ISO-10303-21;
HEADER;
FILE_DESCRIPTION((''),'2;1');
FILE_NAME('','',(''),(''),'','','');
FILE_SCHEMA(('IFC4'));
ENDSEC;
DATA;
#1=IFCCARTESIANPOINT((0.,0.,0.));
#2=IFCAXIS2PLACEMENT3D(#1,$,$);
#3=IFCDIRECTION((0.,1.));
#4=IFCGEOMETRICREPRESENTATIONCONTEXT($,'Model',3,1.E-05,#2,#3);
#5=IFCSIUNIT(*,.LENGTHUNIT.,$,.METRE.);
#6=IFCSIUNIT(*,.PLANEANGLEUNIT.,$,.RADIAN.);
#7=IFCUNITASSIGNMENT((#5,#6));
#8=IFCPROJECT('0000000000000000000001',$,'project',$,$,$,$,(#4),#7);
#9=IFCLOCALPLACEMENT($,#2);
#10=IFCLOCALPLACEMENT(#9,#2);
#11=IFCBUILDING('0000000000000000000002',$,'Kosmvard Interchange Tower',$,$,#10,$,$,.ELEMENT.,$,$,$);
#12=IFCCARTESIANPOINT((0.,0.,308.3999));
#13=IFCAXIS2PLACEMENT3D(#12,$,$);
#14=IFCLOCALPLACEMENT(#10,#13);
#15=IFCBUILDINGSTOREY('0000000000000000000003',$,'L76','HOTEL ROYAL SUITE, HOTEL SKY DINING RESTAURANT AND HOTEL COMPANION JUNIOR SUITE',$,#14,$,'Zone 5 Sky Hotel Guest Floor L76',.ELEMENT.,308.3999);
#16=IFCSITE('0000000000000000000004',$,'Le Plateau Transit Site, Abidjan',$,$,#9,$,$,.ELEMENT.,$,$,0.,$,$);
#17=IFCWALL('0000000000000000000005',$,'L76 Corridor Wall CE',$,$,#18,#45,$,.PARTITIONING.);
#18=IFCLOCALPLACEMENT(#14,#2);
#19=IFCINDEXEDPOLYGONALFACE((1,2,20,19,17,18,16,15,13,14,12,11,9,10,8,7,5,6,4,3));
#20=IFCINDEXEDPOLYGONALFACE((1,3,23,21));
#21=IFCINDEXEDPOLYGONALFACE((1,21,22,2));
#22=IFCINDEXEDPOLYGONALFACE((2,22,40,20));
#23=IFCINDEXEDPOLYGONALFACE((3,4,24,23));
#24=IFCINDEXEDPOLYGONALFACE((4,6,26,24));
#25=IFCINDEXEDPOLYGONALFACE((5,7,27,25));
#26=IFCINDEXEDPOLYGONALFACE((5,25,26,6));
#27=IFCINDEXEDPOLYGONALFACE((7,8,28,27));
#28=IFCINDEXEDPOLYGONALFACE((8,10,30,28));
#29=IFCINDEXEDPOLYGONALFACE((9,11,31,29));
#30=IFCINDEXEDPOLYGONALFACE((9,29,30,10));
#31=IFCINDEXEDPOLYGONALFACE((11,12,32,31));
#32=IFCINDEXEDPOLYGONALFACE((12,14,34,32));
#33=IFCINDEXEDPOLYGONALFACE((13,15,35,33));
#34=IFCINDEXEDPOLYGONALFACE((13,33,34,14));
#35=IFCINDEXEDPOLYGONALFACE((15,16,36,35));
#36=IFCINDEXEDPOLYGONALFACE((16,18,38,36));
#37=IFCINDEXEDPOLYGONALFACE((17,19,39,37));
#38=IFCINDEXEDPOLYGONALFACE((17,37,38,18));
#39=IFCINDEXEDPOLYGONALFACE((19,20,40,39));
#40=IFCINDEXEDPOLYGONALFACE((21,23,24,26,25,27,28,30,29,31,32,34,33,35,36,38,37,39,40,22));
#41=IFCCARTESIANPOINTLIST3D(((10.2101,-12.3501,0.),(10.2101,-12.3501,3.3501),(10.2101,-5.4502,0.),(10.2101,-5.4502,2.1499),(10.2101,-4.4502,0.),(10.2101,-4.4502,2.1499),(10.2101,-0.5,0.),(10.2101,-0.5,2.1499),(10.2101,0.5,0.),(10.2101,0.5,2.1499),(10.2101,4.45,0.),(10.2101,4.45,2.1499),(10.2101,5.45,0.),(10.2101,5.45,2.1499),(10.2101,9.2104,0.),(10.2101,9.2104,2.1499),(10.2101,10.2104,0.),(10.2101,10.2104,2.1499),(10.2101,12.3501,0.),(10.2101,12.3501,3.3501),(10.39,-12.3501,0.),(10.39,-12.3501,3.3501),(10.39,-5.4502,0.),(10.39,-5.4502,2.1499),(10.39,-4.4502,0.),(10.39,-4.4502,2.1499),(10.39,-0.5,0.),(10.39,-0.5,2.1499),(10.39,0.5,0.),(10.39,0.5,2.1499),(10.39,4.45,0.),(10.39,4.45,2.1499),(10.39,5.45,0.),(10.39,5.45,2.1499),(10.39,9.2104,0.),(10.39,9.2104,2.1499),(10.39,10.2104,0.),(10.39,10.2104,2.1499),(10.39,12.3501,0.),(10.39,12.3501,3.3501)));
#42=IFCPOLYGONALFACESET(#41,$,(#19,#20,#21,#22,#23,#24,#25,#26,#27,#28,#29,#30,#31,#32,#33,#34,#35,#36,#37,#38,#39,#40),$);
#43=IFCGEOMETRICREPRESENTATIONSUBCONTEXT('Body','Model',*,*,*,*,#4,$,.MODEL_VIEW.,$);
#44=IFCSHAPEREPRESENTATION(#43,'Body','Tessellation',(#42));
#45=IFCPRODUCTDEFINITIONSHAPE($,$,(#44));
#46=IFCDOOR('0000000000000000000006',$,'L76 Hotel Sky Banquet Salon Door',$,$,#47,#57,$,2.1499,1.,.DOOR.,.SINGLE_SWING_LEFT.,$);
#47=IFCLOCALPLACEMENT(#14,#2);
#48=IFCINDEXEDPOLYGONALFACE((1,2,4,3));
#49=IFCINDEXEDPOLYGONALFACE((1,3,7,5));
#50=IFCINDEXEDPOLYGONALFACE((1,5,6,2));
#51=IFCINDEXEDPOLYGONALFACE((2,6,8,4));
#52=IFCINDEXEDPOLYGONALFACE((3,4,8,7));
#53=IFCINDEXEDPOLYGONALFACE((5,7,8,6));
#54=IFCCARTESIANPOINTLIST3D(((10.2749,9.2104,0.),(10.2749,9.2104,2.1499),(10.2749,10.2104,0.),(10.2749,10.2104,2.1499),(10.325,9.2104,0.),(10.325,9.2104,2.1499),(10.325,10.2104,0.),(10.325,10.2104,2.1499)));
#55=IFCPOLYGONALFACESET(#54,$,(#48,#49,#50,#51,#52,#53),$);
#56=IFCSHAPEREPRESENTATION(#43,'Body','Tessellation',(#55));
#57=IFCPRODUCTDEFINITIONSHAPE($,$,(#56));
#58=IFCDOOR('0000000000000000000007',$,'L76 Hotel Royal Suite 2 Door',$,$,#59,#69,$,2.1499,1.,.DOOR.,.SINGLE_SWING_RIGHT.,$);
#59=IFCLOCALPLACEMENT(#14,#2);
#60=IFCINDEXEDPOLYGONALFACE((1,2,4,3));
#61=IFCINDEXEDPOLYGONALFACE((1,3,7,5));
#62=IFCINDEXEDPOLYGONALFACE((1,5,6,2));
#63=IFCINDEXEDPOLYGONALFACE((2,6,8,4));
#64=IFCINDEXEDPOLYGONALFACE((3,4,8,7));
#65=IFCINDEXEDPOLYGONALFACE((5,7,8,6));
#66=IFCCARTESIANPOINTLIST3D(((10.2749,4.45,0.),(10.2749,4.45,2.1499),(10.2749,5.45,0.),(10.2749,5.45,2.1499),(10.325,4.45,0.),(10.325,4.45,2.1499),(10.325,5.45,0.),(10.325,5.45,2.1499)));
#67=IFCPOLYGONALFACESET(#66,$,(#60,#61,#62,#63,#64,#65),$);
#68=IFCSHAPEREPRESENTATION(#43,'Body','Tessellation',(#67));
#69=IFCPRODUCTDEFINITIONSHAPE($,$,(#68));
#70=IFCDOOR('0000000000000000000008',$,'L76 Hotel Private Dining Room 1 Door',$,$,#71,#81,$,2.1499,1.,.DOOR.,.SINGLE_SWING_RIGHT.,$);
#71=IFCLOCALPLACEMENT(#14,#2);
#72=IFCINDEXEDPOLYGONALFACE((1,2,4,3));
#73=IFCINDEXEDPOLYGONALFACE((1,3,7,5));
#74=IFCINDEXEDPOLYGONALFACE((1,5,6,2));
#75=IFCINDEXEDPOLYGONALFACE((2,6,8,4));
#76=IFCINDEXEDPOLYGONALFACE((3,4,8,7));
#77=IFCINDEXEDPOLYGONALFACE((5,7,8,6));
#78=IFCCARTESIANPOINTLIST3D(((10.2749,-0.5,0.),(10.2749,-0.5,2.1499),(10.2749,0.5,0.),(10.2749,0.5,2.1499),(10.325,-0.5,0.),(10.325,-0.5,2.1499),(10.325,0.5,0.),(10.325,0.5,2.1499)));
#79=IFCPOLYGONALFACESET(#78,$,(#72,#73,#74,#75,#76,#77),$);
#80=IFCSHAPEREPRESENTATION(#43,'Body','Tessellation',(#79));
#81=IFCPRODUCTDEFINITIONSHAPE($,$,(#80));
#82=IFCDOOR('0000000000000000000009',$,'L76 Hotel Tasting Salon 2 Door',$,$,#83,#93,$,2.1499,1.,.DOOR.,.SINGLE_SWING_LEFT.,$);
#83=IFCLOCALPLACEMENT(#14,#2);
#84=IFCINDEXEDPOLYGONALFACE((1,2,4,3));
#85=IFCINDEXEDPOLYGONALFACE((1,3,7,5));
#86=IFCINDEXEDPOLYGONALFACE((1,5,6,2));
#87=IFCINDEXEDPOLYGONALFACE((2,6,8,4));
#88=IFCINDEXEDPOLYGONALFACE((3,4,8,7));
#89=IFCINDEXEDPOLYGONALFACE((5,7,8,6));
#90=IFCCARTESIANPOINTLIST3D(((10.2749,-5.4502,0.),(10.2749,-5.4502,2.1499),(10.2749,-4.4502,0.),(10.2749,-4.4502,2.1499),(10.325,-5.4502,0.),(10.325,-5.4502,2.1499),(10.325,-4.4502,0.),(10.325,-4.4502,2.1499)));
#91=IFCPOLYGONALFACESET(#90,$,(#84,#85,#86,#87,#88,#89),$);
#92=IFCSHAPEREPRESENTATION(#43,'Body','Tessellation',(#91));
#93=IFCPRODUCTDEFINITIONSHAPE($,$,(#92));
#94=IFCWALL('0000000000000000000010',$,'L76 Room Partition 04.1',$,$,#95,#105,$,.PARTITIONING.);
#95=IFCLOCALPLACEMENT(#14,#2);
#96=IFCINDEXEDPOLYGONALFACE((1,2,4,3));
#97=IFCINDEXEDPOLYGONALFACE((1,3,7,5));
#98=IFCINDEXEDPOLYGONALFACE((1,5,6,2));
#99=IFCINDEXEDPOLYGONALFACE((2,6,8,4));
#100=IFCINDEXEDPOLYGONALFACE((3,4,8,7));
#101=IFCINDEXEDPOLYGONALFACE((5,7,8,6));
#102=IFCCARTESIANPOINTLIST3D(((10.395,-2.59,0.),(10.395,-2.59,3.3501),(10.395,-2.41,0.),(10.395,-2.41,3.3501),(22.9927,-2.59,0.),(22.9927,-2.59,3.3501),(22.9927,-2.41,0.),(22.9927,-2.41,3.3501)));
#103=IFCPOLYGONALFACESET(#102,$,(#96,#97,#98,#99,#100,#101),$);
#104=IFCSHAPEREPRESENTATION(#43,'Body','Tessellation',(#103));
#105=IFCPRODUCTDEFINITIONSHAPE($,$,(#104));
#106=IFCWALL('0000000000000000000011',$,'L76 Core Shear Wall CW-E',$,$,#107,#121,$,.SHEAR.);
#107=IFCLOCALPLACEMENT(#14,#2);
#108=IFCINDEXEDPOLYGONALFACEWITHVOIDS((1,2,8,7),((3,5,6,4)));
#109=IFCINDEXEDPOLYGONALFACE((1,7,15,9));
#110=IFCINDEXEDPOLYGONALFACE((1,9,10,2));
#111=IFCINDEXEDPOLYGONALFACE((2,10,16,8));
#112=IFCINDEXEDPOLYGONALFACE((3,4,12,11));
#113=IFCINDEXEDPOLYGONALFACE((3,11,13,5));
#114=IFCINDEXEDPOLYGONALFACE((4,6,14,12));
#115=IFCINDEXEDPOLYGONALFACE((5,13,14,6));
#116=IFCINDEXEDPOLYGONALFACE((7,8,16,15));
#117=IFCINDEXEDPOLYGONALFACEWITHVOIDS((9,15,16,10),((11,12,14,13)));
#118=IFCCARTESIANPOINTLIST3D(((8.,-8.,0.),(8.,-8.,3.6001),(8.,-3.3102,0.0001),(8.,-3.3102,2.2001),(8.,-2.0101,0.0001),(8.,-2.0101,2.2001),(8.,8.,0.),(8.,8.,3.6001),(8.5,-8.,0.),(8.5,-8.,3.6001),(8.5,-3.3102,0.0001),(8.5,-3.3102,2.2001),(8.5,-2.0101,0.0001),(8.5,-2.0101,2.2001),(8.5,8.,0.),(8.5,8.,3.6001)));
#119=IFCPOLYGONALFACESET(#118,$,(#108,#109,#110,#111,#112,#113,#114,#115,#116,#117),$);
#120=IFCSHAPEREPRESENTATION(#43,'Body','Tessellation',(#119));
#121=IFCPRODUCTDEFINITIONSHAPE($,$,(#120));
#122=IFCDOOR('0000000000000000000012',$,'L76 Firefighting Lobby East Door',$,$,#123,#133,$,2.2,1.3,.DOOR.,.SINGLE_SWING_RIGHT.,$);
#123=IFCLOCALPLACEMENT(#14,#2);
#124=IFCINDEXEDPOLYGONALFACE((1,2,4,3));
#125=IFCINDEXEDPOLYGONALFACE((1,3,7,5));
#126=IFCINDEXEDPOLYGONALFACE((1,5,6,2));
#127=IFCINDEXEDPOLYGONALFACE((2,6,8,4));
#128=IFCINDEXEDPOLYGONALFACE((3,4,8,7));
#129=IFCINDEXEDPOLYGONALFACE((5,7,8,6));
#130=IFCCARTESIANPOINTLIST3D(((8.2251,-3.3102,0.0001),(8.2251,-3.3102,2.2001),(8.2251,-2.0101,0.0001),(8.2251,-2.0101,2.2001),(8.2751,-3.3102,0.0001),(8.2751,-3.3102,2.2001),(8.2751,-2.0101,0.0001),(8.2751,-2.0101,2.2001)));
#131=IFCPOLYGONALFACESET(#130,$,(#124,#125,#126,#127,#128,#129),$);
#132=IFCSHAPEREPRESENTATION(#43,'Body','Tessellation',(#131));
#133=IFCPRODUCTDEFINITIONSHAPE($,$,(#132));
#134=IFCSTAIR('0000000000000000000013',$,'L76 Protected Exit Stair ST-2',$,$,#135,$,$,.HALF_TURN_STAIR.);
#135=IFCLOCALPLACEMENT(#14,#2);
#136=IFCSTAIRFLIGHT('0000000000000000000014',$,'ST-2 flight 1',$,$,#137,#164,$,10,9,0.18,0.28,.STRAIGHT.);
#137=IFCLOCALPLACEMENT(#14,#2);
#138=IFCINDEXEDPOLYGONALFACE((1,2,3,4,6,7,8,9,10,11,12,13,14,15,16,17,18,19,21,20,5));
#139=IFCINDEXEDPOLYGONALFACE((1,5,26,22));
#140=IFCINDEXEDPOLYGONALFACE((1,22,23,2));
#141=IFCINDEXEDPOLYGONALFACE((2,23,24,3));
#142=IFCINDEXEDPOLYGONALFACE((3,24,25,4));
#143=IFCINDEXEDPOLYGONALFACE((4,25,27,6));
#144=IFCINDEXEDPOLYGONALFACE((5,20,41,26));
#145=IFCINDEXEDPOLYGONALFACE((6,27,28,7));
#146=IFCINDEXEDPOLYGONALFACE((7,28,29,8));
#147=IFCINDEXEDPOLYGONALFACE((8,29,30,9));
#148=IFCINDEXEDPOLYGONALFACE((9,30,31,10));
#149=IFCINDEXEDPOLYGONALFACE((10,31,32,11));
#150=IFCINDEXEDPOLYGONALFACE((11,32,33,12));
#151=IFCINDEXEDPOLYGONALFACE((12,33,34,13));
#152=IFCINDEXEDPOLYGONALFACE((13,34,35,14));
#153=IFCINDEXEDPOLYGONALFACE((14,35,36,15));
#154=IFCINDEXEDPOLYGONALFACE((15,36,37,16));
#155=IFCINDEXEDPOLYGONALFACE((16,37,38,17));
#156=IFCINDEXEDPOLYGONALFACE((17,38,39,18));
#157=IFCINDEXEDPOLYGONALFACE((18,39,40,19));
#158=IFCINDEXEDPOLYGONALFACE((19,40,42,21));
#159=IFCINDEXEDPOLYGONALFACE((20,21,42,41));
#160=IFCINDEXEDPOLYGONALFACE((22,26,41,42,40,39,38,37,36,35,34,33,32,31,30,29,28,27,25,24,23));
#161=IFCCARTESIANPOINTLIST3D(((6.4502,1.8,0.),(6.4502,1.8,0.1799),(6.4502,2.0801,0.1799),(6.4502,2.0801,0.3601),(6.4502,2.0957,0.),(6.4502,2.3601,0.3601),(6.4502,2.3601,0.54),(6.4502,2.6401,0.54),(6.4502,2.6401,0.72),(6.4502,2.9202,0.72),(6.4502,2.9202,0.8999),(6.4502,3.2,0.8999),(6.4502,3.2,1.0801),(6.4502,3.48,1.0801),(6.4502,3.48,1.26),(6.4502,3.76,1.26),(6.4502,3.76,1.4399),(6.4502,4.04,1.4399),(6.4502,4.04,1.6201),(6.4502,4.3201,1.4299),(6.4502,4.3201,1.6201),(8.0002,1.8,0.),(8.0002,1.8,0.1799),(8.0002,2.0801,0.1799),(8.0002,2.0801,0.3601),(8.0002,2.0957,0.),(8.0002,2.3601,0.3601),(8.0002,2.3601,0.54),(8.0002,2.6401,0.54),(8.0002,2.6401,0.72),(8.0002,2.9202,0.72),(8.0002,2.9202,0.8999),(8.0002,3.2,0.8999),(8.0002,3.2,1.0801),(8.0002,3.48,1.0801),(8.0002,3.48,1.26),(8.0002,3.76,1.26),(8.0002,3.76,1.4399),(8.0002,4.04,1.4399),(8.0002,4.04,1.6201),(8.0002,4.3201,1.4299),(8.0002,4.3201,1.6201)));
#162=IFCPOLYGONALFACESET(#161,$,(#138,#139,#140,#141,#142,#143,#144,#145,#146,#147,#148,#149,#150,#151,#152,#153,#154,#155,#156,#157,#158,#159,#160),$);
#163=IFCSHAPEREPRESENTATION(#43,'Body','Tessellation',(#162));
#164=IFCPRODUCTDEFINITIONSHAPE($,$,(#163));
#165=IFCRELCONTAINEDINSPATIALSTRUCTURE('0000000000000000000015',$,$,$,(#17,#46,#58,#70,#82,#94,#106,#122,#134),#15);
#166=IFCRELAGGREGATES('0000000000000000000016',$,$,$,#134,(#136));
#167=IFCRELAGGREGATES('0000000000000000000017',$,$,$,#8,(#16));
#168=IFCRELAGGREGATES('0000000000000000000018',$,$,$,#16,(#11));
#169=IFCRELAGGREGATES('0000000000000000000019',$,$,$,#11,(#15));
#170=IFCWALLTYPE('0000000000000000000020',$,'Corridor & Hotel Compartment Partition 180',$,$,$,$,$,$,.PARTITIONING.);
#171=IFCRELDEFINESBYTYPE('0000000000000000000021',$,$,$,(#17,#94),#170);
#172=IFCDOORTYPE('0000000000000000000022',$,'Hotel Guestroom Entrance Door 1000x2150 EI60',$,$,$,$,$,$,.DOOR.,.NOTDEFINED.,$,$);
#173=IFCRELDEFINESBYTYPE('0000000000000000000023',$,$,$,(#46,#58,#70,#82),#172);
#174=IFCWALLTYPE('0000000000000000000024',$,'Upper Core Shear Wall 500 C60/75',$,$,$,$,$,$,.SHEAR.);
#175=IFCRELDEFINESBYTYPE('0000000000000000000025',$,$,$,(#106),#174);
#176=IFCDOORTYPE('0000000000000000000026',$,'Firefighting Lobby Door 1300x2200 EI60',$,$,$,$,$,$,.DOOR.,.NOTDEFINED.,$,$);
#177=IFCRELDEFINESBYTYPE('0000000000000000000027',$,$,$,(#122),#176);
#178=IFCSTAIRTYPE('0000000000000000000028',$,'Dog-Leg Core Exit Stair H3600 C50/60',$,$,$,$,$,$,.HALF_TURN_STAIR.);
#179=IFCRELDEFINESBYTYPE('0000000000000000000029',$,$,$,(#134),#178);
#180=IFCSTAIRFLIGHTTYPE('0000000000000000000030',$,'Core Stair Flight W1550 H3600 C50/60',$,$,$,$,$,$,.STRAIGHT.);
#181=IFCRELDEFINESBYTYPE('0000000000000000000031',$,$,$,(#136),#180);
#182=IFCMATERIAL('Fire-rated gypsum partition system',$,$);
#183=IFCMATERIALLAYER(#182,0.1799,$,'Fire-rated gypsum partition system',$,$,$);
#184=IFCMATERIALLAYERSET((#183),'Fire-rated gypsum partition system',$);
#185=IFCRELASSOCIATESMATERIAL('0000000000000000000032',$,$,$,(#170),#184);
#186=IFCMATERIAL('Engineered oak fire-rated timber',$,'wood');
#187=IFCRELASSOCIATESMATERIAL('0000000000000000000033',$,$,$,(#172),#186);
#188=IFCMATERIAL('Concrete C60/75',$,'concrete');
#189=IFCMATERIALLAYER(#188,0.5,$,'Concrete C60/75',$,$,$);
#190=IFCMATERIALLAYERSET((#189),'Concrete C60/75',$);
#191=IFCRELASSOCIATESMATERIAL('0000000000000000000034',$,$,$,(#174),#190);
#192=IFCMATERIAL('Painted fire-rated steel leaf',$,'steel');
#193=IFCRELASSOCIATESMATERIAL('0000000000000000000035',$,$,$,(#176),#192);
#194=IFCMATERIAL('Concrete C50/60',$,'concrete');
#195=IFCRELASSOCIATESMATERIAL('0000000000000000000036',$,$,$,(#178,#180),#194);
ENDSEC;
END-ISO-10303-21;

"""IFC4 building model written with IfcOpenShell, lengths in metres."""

from ifc_helpers import new_model, si_unit, direction, frame, frame_2d, origin, place, context, subcontext, project, spatial, polyline, rectangle, outline, extrude, source, transform, mapped, material, layer, layer_set, type_object, element, fill, aggregate, save


model = new_model("IFC4")

# Units and contexts
model_context = context("Model", 3, precision=1e-05, world=origin(), true_north=direction((0.0, 1.0)))
body_context = subcontext(model_context, "Body", "Model", "MODEL_VIEW")
ifc_project = project(units=[si_unit("LENGTHUNIT", "METRE"), si_unit("PLANEANGLEUNIT", "RADIAN")], contexts=[model_context])

# Site, building, storey
site_placement = place(None, origin())
site = spatial("IfcSite", under=ifc_project, at=site_placement, Name="Le Plateau Transit Site, Abidjan", CompositionType="ELEMENT", RefElevation=0.0)
building_placement = place(site_placement, origin())
building = spatial("IfcBuilding", under=site, at=building_placement, Name="Kosmvard Interchange Tower", CompositionType="ELEMENT")
storey_placement = place(building_placement, frame((0.0, 0.0, 308.3999)))
storey = spatial("IfcBuildingStorey", under=building, at=storey_placement, Name="L76", Description="HOTEL ROYAL SUITE, HOTEL SKY DINING RESTAURANT AND HOTEL COMPANION JUNIOR SUITE", LongName="Zone 5 Sky Hotel Guest Floor L76", CompositionType="ELEMENT", Elevation=308.3999)

# Shared definitions
ifc_material_1 = material(Name="Concrete C50/60", Category="concrete")

# Wall, openings, doors
ifc_material_2 = material(Name="Fire-rated gypsum partition system")
ifc_layer_1 = layer(ifc_material_2, 0.1799, Name="Fire-rated gypsum partition system")
ifc_layer_set_1 = layer_set([ifc_layer_1], Name="Fire-rated gypsum partition system")
wall_type_1 = type_object("IfcWallType", Name="Corridor & Hotel Compartment Partition 180", PredefinedType="PARTITIONING", material=ifc_layer_set_1)
wall_1_placement = place(storey_placement, frame((10.3, -12.3501, 0.0), z_axis=(0.0, 0.0, 1.0), x_axis=(0.0, 1.0, 0.0)))
wall_1 = element("IfcWall", 1, at=wall_1_placement, inside=storey, type_object=wall_type_1, Name="L76 Corridor Wall CE", PredefinedType="PARTITIONING", context=body_context, shape_type="SweptSolid", body=[
    extrude(rectangle(XDim=24.7002, YDim=0.1799, at=frame_2d((12.3501, 0.0))), origin(), (0.0, 0.0, 1.0), 3.3501),
])
opening_1_placement = place(wall_1_placement, frame((21.5605, 0.0, 0.0)))
opening_1 = element("IfcOpeningElement", 2, at=opening_1_placement, cuts=wall_1, PredefinedType="OPENING", context=body_context, shape_type="SweptSolid", body=[
    extrude(rectangle(XDim=1.0, YDim=2.1499, at=frame_2d((0.5, 1.075))), frame((0.0, 0.1001, 0.0), z_axis=(0.0, -1.0, 0.0), x_axis=(1.0, 0.0, 0.0)), (0.0, 0.0, 1.0), 0.2),
])
opening_2_placement = place(wall_1_placement, frame((16.8, 0.0, 0.0)))
opening_2 = element("IfcOpeningElement", 3, at=opening_2_placement, cuts=wall_1, PredefinedType="OPENING", context=body_context, shape_type="SweptSolid", body=[
    extrude(rectangle(XDim=1.0, YDim=2.1499, at=frame_2d((0.5, 1.075))), frame((0.0, 0.1001, 0.0), z_axis=(0.0, -1.0, 0.0), x_axis=(1.0, 0.0, 0.0)), (0.0, 0.0, 1.0), 0.2),
])
opening_3_placement = place(wall_1_placement, frame((11.8501, 0.0, 0.0)))
opening_3 = element("IfcOpeningElement", 4, at=opening_3_placement, cuts=wall_1, PredefinedType="OPENING", context=body_context, shape_type="SweptSolid", body=[
    extrude(rectangle(XDim=1.0, YDim=2.1499, at=frame_2d((0.5, 1.075))), frame((0.0, 0.1001, 0.0), z_axis=(0.0, -1.0, 0.0), x_axis=(1.0, 0.0, 0.0)), (0.0, 0.0, 1.0), 0.2),
])
opening_4_placement = place(wall_1_placement, frame((6.8999, 0.0, 0.0)))
opening_4 = element("IfcOpeningElement", 5, at=opening_4_placement, cuts=wall_1, PredefinedType="OPENING", context=body_context, shape_type="SweptSolid", body=[
    extrude(rectangle(XDim=1.0, YDim=2.1499, at=frame_2d((0.5, 1.075))), frame((0.0, 0.1001, 0.0), z_axis=(0.0, -1.0, 0.0), x_axis=(1.0, 0.0, 0.0)), (0.0, 0.0, 1.0), 0.2),
])
ifc_material_3 = material(Name="Engineered oak fire-rated timber", Category="wood")
door_type_1 = type_object("IfcDoorType", Name="Hotel Guestroom Entrance Door 1000x2150 EI60", OperationType="NOTDEFINED", PredefinedType="DOOR", material=ifc_material_3)
shared_shape_1 = source(origin(), body_context, "Body", "SweptSolid", [
    extrude(rectangle(XDim=1.0, YDim=2.1499, at=frame_2d((0.5, 1.075))), frame((0.0, 0.0249, 0.0), z_axis=(0.0, -1.0, 0.0), x_axis=(1.0, 0.0, 0.0)), (0.0, 0.0, 1.0), 0.05),
])
door_1_placement = place(opening_1_placement, frame((1.0, 0.0, 0.0), z_axis=(0.0, 0.0, 1.0), x_axis=(-1.0, 0.0, 0.0)))
door_1 = element("IfcDoor", 6, at=door_1_placement, inside=storey, type_object=door_type_1, Name="L76 Hotel Sky Banquet Salon Door", OperationType="SINGLE_SWING_LEFT", OverallHeight=2.1499, OverallWidth=1.0, PredefinedType="DOOR", context=body_context, shape_type="MappedRepresentation", body=[
    mapped(shared_shape_1, transform((0.0, 0.0, 0.0), scale=1.0)),
])
fill(opening_1, door_1)
door_2_placement = place(opening_2_placement, frame((1.0, 0.0, 0.0), z_axis=(0.0, 0.0, 1.0), x_axis=(-1.0, 0.0, 0.0)))
door_2 = element("IfcDoor", 7, at=door_2_placement, inside=storey, type_object=door_type_1, Name="L76 Hotel Royal Suite 2 Door", OperationType="SINGLE_SWING_RIGHT", OverallHeight=2.1499, OverallWidth=1.0, PredefinedType="DOOR", context=body_context, shape_type="MappedRepresentation", body=[
    mapped(shared_shape_1, transform((0.0, 0.0, 0.0), scale=1.0)),
])
fill(opening_2, door_2)
door_3_placement = place(opening_3_placement, frame((1.0, 0.0, 0.0), z_axis=(0.0, 0.0, 1.0), x_axis=(-1.0, 0.0, 0.0)))
door_3 = element("IfcDoor", 8, at=door_3_placement, inside=storey, type_object=door_type_1, Name="L76 Hotel Private Dining Room 1 Door", OperationType="SINGLE_SWING_RIGHT", OverallHeight=2.1499, OverallWidth=1.0, PredefinedType="DOOR", context=body_context, shape_type="MappedRepresentation", body=[
    mapped(shared_shape_1, transform((0.0, 0.0, 0.0), scale=1.0)),
])
fill(opening_3, door_3)
door_4_placement = place(opening_4_placement, frame((1.0, 0.0, 0.0), z_axis=(0.0, 0.0, 1.0), x_axis=(-1.0, 0.0, 0.0)))
door_4 = element("IfcDoor", 9, at=door_4_placement, inside=storey, type_object=door_type_1, Name="L76 Hotel Tasting Salon 2 Door", OperationType="SINGLE_SWING_LEFT", OverallHeight=2.1499, OverallWidth=1.0, PredefinedType="DOOR", context=body_context, shape_type="MappedRepresentation", body=[
    mapped(shared_shape_1, transform((0.0, 0.0, 0.0), scale=1.0)),
])
fill(opening_4, door_4)

# Wall
wall_2_placement = place(storey_placement, frame((10.395, -2.5, 0.0), z_axis=(0.0, 0.0, 1.0), x_axis=(1.0, 0.0, 0.0)))
element("IfcWall", 10, at=wall_2_placement, inside=storey, type_object=wall_type_1, Name="L76 Room Partition 04.1", PredefinedType="PARTITIONING", context=body_context, shape_type="SweptSolid", body=[
    extrude(rectangle(XDim=12.5977, YDim=0.1799, at=frame_2d((6.2988, 0.0))), origin(), (0.0, 0.0, 1.0), 3.3501),
])

# Wall, opening, door
ifc_material_4 = material(Name="Concrete C60/75", Category="concrete")
ifc_layer_2 = layer(ifc_material_4, 0.5, Name="Concrete C60/75")
ifc_layer_set_2 = layer_set([ifc_layer_2], Name="Concrete C60/75")
wall_type_2 = type_object("IfcWallType", Name="Upper Core Shear Wall 500 C60/75", PredefinedType="SHEAR", material=ifc_layer_set_2)
wall_3_placement = place(storey_placement, frame((8.25, -8.0, 0.0), z_axis=(0.0, 0.0, 1.0), x_axis=(0.0, 1.0, 0.0)))
wall_3 = element("IfcWall", 11, at=wall_3_placement, inside=storey, type_object=wall_type_2, Name="L76 Core Shear Wall CW-E", PredefinedType="SHEAR", context=body_context, shape_type="SweptSolid", body=[
    extrude(rectangle(XDim=16.0, YDim=0.5, at=frame_2d((8.0, 0.0))), origin(), (0.0, 0.0, 1.0), 3.6001),
])
opening_5_placement = place(wall_3_placement, frame((4.6899, 0.0, 0.0)))
opening_5 = element("IfcOpeningElement", 12, at=opening_5_placement, cuts=wall_3, PredefinedType="OPENING", context=body_context, shape_type="SweptSolid", body=[
    extrude(rectangle(XDim=1.3, YDim=2.2, at=frame_2d((0.6499, 1.1001))), frame((0.0, 0.26, 0.0), z_axis=(0.0, -1.0, 0.0), x_axis=(1.0, 0.0, 0.0)), (0.0, 0.0, 1.0), 0.52),
])
ifc_material_5 = material(Name="Painted fire-rated steel leaf", Category="steel")
door_type_2 = type_object("IfcDoorType", Name="Firefighting Lobby Door 1300x2200 EI60", OperationType="NOTDEFINED", PredefinedType="DOOR", material=ifc_material_5)
shared_shape_2 = source(origin(), body_context, "Body", "SweptSolid", [
    extrude(rectangle(XDim=1.3, YDim=2.2, at=frame_2d((0.6499, 1.1001))), frame((0.0, 0.0249, 0.0), z_axis=(0.0, -1.0, 0.0), x_axis=(1.0, 0.0, 0.0)), (0.0, 0.0, 1.0), 0.05),
])
door_5_placement = place(opening_5_placement, origin())
door_5 = element("IfcDoor", 13, at=door_5_placement, inside=storey, type_object=door_type_2, Name="L76 Firefighting Lobby East Door", OperationType="SINGLE_SWING_RIGHT", OverallHeight=2.2, OverallWidth=1.3, PredefinedType="DOOR", context=body_context, shape_type="MappedRepresentation", body=[
    mapped(shared_shape_2, transform((0.0, 0.0, 0.0), scale=1.0)),
])
fill(opening_5, door_5)

# Stair, stair flight
stair_type = type_object("IfcStairType", Name="Dog-Leg Core Exit Stair H3600 C50/60", PredefinedType="HALF_TURN_STAIR", material=ifc_material_1)
stair_placement = place(storey_placement, origin())
stair = element("IfcStair", 14, at=stair_placement, inside=storey, type_object=stair_type, Name="L76 Protected Exit Stair ST-2", PredefinedType="HALF_TURN_STAIR")
stair_flight_type = type_object("IfcStairFlightType", Name="Core Stair Flight W1550 H3600 C50/60", PredefinedType="STRAIGHT", material=ifc_material_1)
shared_shape_3 = source(origin(), body_context, "Body", "SweptSolid", [
    extrude(outline(polyline([(0.0, 0.0), (0.0, 0.1799), (0.28, 0.1799), (0.28, 0.3601), (0.5601, 0.3601), (0.5601, 0.54), (0.8401, 0.54), (0.8401, 0.72), (1.1201, 0.72), (1.1201, 0.8999), (1.3999, 0.8999), (1.3999, 1.0801), (1.6799, 1.0801), (1.6799, 1.26), (1.96, 1.26), (1.96, 1.4399), (2.24, 1.4399), (2.24, 1.6201), (2.52, 1.6201), (2.52, 1.8), (2.52, 1.4299), (0.2957, 0.0), (0.0, 0.0)])), frame((0.0, 0.7749, 0.0), z_axis=(0.0, -1.0, 0.0), x_axis=(1.0, 0.0, 0.0)), (0.0, 0.0, 1.0), 1.55),
])
stair_flight_placement = place(storey_placement, frame((7.2251, 1.8, 0.0), z_axis=(0.0, 0.0, 1.0), x_axis=(0.0, 1.0, 0.0)))
stair_flight = element("IfcStairFlight", 15, at=stair_flight_placement, type_object=stair_flight_type, Name="ST-2 flight 1", NumberOfRisers=10, NumberOfTreads=9, PredefinedType="STRAIGHT", RiserHeight=0.18, TreadLength=0.28, context=body_context, shape_type="MappedRepresentation", body=[
    mapped(shared_shape_3, transform((0.0, 0.0, 0.0), scale=1.0)),
])
aggregate(stair, [stair_flight])

save(model, "model.ifc")
